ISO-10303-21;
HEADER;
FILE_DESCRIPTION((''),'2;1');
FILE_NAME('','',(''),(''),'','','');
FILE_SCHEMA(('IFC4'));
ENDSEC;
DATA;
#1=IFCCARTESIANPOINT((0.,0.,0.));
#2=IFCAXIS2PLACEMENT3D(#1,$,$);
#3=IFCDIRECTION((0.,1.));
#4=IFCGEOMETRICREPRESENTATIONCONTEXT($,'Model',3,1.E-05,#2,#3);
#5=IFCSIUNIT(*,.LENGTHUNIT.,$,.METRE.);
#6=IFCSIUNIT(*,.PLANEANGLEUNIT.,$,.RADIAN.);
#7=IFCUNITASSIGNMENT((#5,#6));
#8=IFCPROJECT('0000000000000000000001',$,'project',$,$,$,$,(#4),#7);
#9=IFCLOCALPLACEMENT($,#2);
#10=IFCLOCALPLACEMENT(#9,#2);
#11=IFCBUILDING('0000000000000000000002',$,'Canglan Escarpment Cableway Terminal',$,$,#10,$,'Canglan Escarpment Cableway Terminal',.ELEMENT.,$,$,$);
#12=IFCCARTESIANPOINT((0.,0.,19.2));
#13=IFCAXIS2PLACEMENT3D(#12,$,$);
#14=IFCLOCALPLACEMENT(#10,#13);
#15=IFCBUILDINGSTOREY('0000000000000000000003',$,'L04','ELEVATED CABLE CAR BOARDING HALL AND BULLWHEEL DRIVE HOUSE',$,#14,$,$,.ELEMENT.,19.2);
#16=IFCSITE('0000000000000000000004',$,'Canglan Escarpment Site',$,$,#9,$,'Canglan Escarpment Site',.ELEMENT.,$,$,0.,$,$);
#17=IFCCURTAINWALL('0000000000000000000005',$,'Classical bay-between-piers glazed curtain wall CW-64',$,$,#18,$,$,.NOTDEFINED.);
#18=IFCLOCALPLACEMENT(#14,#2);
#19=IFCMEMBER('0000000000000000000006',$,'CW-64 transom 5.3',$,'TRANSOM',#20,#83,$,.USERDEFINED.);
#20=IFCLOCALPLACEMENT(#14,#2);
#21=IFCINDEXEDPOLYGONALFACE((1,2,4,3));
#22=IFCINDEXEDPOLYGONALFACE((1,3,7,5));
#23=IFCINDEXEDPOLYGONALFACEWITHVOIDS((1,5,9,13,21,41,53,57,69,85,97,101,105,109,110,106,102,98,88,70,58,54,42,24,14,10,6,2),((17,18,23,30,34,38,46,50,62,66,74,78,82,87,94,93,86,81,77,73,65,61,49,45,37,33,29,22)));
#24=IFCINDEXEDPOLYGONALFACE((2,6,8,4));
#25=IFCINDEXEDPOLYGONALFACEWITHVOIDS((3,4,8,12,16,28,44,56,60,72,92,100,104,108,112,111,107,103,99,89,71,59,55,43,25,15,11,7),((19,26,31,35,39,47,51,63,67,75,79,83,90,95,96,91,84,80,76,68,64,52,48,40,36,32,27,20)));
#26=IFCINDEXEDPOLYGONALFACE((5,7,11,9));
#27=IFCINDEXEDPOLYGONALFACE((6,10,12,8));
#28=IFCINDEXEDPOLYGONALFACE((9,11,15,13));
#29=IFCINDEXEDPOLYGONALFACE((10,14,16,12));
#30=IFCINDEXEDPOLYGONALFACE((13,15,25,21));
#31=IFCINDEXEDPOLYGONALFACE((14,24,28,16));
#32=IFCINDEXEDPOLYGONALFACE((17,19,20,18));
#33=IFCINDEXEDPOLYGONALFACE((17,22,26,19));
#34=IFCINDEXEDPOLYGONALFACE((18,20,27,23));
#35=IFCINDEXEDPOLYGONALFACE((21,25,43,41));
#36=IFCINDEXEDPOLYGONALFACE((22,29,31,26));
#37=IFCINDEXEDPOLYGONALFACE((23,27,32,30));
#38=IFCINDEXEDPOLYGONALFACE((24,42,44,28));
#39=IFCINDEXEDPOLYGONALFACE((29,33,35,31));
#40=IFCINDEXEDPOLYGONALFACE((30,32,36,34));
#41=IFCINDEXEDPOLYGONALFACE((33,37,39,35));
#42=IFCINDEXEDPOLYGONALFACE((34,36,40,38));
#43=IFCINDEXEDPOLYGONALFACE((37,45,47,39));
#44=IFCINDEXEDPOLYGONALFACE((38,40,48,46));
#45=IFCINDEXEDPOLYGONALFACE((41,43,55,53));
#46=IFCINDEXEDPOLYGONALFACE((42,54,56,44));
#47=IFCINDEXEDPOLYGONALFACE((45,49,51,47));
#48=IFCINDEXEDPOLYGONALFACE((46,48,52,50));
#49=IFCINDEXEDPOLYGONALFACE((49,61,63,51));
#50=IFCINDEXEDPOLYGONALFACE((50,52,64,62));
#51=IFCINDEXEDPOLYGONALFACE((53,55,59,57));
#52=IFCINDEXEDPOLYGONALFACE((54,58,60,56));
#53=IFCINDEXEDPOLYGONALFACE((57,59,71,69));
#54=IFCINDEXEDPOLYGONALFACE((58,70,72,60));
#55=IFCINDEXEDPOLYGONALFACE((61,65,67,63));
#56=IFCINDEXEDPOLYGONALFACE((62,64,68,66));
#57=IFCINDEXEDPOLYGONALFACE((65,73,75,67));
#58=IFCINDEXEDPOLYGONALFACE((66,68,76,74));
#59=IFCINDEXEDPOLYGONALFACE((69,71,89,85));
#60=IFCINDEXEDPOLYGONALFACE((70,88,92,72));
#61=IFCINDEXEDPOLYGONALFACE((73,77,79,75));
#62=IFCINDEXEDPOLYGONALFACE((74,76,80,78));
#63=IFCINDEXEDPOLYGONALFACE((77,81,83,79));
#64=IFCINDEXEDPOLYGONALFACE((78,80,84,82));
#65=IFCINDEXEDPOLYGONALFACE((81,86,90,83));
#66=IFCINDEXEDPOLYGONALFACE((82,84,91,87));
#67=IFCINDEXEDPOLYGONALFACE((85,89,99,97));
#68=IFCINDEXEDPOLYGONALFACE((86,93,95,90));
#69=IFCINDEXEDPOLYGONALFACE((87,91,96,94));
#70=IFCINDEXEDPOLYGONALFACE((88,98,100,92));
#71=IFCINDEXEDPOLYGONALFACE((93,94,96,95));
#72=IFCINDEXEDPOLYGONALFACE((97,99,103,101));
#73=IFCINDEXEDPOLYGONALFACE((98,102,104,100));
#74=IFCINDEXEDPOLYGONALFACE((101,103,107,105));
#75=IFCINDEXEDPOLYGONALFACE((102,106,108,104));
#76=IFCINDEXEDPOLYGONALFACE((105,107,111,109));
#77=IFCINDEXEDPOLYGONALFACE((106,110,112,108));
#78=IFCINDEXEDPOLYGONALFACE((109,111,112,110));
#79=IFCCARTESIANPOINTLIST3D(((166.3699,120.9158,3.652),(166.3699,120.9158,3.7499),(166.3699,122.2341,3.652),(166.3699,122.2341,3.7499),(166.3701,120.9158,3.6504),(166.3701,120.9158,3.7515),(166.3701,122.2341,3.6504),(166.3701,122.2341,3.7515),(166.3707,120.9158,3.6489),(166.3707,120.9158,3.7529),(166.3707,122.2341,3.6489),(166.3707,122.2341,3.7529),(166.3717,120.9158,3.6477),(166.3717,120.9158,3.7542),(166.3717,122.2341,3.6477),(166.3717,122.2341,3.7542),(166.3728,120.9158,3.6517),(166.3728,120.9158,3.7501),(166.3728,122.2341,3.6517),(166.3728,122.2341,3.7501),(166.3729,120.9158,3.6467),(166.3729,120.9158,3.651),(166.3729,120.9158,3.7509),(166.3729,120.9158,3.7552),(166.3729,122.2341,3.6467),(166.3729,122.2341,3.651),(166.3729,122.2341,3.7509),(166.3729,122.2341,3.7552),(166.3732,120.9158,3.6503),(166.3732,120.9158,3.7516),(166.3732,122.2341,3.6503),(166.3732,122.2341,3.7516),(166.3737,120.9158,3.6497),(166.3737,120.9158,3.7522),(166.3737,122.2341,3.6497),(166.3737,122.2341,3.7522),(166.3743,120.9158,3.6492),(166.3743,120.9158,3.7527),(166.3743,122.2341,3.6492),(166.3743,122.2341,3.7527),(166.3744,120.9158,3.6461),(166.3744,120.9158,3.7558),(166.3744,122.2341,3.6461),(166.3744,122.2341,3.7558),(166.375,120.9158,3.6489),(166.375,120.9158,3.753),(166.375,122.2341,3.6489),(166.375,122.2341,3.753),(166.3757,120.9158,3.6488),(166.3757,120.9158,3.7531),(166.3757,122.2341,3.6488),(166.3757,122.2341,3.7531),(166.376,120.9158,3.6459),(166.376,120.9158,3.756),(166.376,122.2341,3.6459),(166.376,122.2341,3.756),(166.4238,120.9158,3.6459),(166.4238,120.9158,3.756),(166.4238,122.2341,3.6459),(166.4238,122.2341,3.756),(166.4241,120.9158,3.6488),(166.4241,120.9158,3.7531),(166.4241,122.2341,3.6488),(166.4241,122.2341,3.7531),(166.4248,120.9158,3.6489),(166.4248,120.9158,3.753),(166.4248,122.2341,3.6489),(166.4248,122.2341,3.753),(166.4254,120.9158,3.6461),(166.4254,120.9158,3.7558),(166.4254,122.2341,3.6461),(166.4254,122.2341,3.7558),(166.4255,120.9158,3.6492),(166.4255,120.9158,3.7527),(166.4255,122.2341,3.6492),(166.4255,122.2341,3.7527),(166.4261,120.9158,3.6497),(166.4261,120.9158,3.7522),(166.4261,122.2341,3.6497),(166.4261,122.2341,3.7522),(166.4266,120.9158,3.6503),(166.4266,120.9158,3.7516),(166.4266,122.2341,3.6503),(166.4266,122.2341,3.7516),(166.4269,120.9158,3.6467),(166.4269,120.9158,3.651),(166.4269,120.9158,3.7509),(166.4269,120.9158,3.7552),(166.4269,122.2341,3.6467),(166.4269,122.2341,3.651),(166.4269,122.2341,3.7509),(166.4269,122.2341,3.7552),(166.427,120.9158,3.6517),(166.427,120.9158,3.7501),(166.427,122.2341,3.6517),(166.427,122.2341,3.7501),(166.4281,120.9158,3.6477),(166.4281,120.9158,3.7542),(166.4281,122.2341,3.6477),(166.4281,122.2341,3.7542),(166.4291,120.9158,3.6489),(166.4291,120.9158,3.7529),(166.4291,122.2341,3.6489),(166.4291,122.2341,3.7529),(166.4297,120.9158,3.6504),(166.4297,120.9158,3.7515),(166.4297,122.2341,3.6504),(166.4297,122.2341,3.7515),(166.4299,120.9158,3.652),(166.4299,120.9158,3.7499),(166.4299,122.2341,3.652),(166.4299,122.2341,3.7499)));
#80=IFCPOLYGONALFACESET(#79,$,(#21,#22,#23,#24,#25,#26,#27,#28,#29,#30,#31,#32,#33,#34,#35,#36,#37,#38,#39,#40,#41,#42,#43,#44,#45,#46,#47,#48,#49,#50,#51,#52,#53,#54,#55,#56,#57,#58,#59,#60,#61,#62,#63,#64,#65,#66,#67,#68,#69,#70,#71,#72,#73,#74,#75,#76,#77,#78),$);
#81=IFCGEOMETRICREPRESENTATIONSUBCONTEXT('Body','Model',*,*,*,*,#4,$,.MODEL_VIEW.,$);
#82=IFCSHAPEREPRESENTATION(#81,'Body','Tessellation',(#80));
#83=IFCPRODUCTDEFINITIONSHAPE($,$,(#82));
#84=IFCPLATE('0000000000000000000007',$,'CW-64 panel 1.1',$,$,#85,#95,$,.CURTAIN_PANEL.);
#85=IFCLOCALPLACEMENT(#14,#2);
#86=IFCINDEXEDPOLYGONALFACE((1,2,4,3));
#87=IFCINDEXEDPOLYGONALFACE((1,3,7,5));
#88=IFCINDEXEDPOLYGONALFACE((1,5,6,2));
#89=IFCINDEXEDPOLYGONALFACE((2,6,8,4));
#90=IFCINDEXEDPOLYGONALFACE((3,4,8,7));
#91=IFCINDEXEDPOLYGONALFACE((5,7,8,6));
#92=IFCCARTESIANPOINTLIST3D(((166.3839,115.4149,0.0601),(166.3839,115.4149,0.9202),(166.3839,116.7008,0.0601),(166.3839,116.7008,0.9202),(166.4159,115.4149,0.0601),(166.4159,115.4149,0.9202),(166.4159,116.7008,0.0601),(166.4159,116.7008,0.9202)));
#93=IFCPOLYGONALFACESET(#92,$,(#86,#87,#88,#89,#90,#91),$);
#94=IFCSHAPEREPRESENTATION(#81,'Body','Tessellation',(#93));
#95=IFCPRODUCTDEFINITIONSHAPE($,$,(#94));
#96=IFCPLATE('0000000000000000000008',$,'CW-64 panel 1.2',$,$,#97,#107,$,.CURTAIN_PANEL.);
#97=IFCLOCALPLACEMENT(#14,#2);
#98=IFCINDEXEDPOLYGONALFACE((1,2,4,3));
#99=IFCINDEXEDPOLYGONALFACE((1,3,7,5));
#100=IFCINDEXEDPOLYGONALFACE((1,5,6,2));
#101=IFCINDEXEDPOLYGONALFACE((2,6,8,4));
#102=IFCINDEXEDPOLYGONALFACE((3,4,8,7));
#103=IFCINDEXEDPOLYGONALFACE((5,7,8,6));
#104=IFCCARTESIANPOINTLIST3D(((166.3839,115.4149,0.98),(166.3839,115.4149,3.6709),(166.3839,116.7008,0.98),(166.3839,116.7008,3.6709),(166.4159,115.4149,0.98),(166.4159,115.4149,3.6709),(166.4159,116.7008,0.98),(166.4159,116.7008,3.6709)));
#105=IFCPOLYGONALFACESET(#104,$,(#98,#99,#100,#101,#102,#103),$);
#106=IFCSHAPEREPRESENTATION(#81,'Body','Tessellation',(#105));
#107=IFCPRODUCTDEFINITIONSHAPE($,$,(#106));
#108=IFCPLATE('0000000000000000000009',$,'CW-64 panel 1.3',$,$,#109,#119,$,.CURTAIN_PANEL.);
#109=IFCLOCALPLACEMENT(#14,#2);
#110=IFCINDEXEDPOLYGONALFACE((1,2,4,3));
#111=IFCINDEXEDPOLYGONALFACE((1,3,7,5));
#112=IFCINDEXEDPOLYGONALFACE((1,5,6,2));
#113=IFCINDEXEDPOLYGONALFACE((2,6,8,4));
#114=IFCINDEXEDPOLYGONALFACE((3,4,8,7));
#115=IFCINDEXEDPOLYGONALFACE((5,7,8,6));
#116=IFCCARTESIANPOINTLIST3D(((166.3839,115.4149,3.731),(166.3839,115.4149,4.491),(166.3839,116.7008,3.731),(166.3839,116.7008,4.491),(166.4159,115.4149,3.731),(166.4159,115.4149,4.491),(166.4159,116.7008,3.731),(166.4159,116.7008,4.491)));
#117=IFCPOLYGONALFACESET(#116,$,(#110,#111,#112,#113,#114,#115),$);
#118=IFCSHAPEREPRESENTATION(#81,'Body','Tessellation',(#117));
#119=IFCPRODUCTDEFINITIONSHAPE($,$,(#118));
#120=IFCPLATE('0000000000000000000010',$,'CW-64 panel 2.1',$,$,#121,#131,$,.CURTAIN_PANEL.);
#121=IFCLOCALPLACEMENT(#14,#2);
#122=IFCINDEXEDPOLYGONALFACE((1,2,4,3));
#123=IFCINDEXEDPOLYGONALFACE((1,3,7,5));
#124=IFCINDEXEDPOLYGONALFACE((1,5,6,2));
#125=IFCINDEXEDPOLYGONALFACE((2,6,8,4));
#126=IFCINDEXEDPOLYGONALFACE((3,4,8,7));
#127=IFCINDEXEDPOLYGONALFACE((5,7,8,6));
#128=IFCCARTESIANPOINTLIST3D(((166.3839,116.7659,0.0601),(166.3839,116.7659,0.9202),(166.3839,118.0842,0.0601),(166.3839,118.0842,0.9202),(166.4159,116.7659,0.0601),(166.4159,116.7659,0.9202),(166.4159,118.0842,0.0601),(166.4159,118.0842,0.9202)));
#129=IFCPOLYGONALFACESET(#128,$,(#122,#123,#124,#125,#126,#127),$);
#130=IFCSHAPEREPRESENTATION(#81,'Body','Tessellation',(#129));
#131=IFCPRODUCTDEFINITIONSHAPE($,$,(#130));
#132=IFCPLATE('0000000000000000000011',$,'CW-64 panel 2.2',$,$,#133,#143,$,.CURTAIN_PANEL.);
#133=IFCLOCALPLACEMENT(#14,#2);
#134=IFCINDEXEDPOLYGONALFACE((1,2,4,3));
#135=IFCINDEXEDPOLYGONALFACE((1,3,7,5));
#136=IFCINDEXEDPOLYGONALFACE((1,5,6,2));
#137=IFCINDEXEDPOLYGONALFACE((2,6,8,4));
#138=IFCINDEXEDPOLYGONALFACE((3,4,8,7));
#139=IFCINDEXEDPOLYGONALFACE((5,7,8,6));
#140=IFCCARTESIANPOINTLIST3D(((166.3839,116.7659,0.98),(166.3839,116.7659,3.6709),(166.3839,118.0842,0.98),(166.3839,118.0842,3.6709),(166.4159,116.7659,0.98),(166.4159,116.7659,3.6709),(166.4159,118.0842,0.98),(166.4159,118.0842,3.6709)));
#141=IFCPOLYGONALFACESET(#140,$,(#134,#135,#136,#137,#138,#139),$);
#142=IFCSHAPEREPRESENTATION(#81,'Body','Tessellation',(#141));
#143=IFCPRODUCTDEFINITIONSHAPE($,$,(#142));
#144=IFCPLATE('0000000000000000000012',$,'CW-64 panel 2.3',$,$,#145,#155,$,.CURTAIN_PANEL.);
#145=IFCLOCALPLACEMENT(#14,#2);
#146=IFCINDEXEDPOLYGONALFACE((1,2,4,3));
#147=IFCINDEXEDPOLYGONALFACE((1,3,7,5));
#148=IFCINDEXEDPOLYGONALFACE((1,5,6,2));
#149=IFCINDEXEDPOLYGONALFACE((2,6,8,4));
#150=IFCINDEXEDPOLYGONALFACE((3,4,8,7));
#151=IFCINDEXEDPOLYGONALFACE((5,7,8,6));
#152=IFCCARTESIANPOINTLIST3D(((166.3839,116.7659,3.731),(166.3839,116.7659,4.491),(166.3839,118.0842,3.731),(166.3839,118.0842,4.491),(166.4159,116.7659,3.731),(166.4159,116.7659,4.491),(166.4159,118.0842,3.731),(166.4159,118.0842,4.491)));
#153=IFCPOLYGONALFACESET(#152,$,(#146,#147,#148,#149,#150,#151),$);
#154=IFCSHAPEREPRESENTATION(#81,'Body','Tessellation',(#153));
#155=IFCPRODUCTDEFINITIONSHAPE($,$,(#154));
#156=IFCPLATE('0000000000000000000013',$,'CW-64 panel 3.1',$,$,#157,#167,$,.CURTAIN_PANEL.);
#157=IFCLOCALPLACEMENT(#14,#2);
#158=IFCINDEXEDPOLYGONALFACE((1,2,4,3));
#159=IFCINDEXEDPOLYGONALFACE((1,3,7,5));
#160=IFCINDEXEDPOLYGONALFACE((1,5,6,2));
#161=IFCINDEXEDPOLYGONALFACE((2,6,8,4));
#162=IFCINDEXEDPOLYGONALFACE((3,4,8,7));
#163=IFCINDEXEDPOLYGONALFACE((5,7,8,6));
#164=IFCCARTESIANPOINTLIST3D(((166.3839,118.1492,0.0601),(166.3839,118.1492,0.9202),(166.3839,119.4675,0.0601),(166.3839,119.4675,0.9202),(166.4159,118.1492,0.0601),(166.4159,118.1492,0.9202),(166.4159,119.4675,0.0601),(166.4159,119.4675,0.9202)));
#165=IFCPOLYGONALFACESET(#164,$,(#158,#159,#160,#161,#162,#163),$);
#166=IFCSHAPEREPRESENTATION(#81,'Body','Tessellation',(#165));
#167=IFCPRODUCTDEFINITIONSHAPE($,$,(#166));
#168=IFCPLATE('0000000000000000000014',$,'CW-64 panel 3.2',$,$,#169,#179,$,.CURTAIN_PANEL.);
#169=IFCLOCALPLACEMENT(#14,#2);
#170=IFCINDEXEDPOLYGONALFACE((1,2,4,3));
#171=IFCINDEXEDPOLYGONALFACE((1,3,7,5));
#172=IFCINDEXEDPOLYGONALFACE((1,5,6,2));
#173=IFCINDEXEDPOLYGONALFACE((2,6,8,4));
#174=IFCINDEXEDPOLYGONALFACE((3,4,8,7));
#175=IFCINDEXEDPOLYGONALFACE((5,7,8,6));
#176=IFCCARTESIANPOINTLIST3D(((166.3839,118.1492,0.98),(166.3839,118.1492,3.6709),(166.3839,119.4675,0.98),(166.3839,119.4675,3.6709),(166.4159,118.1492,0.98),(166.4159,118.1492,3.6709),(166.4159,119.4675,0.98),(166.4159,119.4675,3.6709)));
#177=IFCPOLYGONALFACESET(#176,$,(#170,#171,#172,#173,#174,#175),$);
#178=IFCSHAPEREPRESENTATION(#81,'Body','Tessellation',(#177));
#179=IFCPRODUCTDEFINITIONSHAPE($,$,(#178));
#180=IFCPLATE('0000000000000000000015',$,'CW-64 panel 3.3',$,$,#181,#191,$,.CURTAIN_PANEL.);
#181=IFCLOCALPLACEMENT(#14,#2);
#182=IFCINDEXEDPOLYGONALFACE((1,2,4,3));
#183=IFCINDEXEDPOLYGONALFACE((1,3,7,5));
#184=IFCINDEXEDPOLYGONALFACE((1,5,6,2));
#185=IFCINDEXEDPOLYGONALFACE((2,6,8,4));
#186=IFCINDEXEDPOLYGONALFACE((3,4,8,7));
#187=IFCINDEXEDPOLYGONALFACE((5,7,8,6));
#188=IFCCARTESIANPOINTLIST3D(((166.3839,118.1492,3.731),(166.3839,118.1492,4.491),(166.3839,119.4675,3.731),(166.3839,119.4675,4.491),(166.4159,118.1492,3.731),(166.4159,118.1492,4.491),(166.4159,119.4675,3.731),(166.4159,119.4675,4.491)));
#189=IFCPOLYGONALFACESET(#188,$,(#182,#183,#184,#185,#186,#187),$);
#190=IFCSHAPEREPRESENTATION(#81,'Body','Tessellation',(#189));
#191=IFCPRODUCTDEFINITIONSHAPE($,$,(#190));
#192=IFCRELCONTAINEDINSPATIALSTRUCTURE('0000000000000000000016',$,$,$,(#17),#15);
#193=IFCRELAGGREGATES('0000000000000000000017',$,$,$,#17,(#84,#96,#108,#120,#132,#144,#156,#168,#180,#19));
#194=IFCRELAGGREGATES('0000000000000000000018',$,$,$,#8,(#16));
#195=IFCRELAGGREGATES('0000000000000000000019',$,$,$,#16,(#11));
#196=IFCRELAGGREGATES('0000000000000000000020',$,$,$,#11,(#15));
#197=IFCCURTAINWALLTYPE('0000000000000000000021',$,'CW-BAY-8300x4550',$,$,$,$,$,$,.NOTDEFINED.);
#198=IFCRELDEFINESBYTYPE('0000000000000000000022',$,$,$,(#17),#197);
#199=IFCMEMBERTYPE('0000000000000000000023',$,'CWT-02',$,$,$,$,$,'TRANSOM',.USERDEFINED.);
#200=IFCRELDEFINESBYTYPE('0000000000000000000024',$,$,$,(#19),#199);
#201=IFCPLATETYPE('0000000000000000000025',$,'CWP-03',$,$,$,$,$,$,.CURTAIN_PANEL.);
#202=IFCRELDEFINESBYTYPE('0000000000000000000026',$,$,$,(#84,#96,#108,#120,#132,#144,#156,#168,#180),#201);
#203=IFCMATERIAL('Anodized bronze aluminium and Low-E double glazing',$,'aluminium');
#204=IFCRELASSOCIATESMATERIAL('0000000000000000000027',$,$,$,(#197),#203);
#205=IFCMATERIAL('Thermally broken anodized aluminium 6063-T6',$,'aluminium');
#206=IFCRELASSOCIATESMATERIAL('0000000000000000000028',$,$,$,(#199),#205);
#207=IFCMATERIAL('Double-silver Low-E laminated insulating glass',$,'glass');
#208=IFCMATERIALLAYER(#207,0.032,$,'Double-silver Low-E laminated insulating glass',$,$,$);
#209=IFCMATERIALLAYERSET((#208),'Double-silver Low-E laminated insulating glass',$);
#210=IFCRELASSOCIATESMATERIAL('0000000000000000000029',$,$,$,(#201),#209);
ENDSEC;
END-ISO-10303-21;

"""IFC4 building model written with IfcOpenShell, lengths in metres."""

from ifc_helpers import new_model, si_unit, direction, frame, origin, origin_2d, place, context, subcontext, project, spatial, rectangle, hollow_rectangle, extrude, material, layer, layer_set, material_profile, profile_set, type_object, element, aggregate, save


model = new_model("IFC4")

# Units and contexts
model_context = context("Model", 3, precision=1e-05, world=origin(), true_north=direction((0.0, 1.0)))
body_context = subcontext(model_context, "Body", "Model", "MODEL_VIEW")
ifc_project = project(units=[si_unit("LENGTHUNIT", "METRE"), si_unit("PLANEANGLEUNIT", "RADIAN")], contexts=[model_context])

# Site, building, storey
site_placement = place(None, origin())
site = spatial("IfcSite", under=ifc_project, at=site_placement, Name="Canglan Escarpment Site", LongName="Canglan Escarpment Site", CompositionType="ELEMENT", RefElevation=0.0)
building_placement = place(site_placement, origin())
building = spatial("IfcBuilding", under=site, at=building_placement, Name="Canglan Escarpment Cableway Terminal", LongName="Canglan Escarpment Cableway Terminal", CompositionType="ELEMENT")
storey_placement = place(building_placement, frame((0.0, 0.0, 19.2)))
storey = spatial("IfcBuildingStorey", under=building, at=storey_placement, Name="L04", Description="ELEVATED CABLE CAR BOARDING HALL AND BULLWHEEL DRIVE HOUSE", CompositionType="ELEMENT", Elevation=19.2)

# Curtain wall, member, plates
ifc_material_1 = material(Name="Anodized bronze aluminium and Low-E double glazing", Category="aluminium")
curtain_wall_type = type_object("IfcCurtainWallType", Name="CW-BAY-8300x4550", PredefinedType="NOTDEFINED", material=ifc_material_1)
curtain_wall_placement = place(storey_placement, origin())
curtain_wall = element("IfcCurtainWall", 1, at=curtain_wall_placement, inside=storey, type_object=curtain_wall_type, Name="Classical bay-between-piers glazed curtain wall CW-64", PredefinedType="NOTDEFINED")
ifc_material_2 = material(Name="Thermally broken anodized aluminium 6063-T6", Category="aluminium")
ifc_material_profile_1 = material_profile(ifc_material_2, hollow_rectangle(XDim=0.0601, YDim=0.1101, WallThickness=0.0029, InnerFilletRadius=0.0029, OuterFilletRadius=0.0061, at=origin_2d()), Name="ALU-TRAN 60x110x3")
ifc_profile_set_1 = profile_set([ifc_material_profile_1], Name="Thermally broken anodized aluminium 6063-T6")
member_type_1 = type_object("IfcMemberType", Name="CWT-02", ElementType="TRANSOM", PredefinedType="USERDEFINED", material=ifc_profile_set_1)
member_1_placement = place(storey_placement, frame((166.3999, 120.9158, 3.7009), z_axis=(0.0, 1.0, 0.0), x_axis=(-1.0, 0.0, 0.0)))
member_1 = element("IfcMember", 2, at=member_1_placement, type_object=member_type_1, Name="CW-64 transom 5.3", ObjectType="TRANSOM", PredefinedType="USERDEFINED", context=body_context, shape_type="SweptSolid", body=[
    extrude(hollow_rectangle(XDim=0.0601, YDim=0.1101, WallThickness=0.0029, InnerFilletRadius=0.0029, OuterFilletRadius=0.0061, at=origin_2d()), origin(), (0.0, 0.0, 1.0), 1.3184),
])
ifc_material_3 = material(Name="Double-silver Low-E laminated insulating glass", Category="glass")
ifc_layer = layer(ifc_material_3, 0.032, Name="Double-silver Low-E laminated insulating glass")
ifc_layer_set = layer_set([ifc_layer], Name="Double-silver Low-E laminated insulating glass")
plate_type = type_object("IfcPlateType", Name="CWP-03", PredefinedType="CURTAIN_PANEL", material=ifc_layer_set)
plate_1_placement = place(storey_placement, frame((166.3999, 116.0579, 0.0601), z_axis=(0.0, 0.0, 1.0), x_axis=(0.0, 1.0, 0.0)))
plate_1 = element("IfcPlate", 3, at=plate_1_placement, type_object=plate_type, Name="CW-64 panel 1.1", PredefinedType="CURTAIN_PANEL", context=body_context, shape_type="SweptSolid", body=[
    extrude(rectangle(XDim=1.2859, YDim=0.032, at=origin_2d()), origin(), (0.0, 0.0, 1.0), 0.8601),
])
plate_2_placement = place(storey_placement, frame((166.3999, 116.0579, 0.98), z_axis=(0.0, 0.0, 1.0), x_axis=(0.0, 1.0, 0.0)))
plate_2 = element("IfcPlate", 4, at=plate_2_placement, type_object=plate_type, Name="CW-64 panel 1.2", PredefinedType="CURTAIN_PANEL", context=body_context, shape_type="SweptSolid", body=[
    extrude(rectangle(XDim=1.2859, YDim=0.032, at=origin_2d()), origin(), (0.0, 0.0, 1.0), 2.6909),
])
plate_3_placement = place(storey_placement, frame((166.3999, 116.0579, 3.731), z_axis=(0.0, 0.0, 1.0), x_axis=(0.0, 1.0, 0.0)))
plate_3 = element("IfcPlate", 5, at=plate_3_placement, type_object=plate_type, Name="CW-64 panel 1.3", PredefinedType="CURTAIN_PANEL", context=body_context, shape_type="SweptSolid", body=[
    extrude(rectangle(XDim=1.2859, YDim=0.032, at=origin_2d()), origin(), (0.0, 0.0, 1.0), 0.76),
])
plate_4_placement = place(storey_placement, frame((166.3999, 117.425, 0.0601), z_axis=(0.0, 0.0, 1.0), x_axis=(0.0, 1.0, 0.0)))
plate_4 = element("IfcPlate", 6, at=plate_4_placement, type_object=plate_type, Name="CW-64 panel 2.1", PredefinedType="CURTAIN_PANEL", context=body_context, shape_type="SweptSolid", body=[
    extrude(rectangle(XDim=1.3184, YDim=0.032, at=origin_2d()), origin(), (0.0, 0.0, 1.0), 0.8601),
])
plate_5_placement = place(storey_placement, frame((166.3999, 117.425, 0.98), z_axis=(0.0, 0.0, 1.0), x_axis=(0.0, 1.0, 0.0)))
plate_5 = element("IfcPlate", 7, at=plate_5_placement, type_object=plate_type, Name="CW-64 panel 2.2", PredefinedType="CURTAIN_PANEL", context=body_context, shape_type="SweptSolid", body=[
    extrude(rectangle(XDim=1.3184, YDim=0.032, at=origin_2d()), origin(), (0.0, 0.0, 1.0), 2.6909),
])
plate_6_placement = place(storey_placement, frame((166.3999, 117.425, 3.731), z_axis=(0.0, 0.0, 1.0), x_axis=(0.0, 1.0, 0.0)))
plate_6 = element("IfcPlate", 8, at=plate_6_placement, type_object=plate_type, Name="CW-64 panel 2.3", PredefinedType="CURTAIN_PANEL", context=body_context, shape_type="SweptSolid", body=[
    extrude(rectangle(XDim=1.3184, YDim=0.032, at=origin_2d()), origin(), (0.0, 0.0, 1.0), 0.76),
])
plate_7_placement = place(storey_placement, frame((166.3999, 118.8083, 0.0601), z_axis=(0.0, 0.0, 1.0), x_axis=(0.0, 1.0, 0.0)))
plate_7 = element("IfcPlate", 9, at=plate_7_placement, type_object=plate_type, Name="CW-64 panel 3.1", PredefinedType="CURTAIN_PANEL", context=body_context, shape_type="SweptSolid", body=[
    extrude(rectangle(XDim=1.3184, YDim=0.032, at=origin_2d()), origin(), (0.0, 0.0, 1.0), 0.8601),
])
plate_8_placement = place(storey_placement, frame((166.3999, 118.8083, 0.98), z_axis=(0.0, 0.0, 1.0), x_axis=(0.0, 1.0, 0.0)))
plate_8 = element("IfcPlate", 10, at=plate_8_placement, type_object=plate_type, Name="CW-64 panel 3.2", PredefinedType="CURTAIN_PANEL", context=body_context, shape_type="SweptSolid", body=[
    extrude(rectangle(XDim=1.3184, YDim=0.032, at=origin_2d()), origin(), (0.0, 0.0, 1.0), 2.6909),
])
plate_9_placement = place(storey_placement, frame((166.3999, 118.8083, 3.731), z_axis=(0.0, 0.0, 1.0), x_axis=(0.0, 1.0, 0.0)))
plate_9 = element("IfcPlate", 11, at=plate_9_placement, type_object=plate_type, Name="CW-64 panel 3.3", PredefinedType="CURTAIN_PANEL", context=body_context, shape_type="SweptSolid", body=[
    extrude(rectangle(XDim=1.3184, YDim=0.032, at=origin_2d()), origin(), (0.0, 0.0, 1.0), 0.76),
])
aggregate(curtain_wall, [plate_1, plate_2, plate_3, plate_4, plate_5, plate_6, plate_7, plate_8, plate_9, member_1])

save(model, "model.ifc")
